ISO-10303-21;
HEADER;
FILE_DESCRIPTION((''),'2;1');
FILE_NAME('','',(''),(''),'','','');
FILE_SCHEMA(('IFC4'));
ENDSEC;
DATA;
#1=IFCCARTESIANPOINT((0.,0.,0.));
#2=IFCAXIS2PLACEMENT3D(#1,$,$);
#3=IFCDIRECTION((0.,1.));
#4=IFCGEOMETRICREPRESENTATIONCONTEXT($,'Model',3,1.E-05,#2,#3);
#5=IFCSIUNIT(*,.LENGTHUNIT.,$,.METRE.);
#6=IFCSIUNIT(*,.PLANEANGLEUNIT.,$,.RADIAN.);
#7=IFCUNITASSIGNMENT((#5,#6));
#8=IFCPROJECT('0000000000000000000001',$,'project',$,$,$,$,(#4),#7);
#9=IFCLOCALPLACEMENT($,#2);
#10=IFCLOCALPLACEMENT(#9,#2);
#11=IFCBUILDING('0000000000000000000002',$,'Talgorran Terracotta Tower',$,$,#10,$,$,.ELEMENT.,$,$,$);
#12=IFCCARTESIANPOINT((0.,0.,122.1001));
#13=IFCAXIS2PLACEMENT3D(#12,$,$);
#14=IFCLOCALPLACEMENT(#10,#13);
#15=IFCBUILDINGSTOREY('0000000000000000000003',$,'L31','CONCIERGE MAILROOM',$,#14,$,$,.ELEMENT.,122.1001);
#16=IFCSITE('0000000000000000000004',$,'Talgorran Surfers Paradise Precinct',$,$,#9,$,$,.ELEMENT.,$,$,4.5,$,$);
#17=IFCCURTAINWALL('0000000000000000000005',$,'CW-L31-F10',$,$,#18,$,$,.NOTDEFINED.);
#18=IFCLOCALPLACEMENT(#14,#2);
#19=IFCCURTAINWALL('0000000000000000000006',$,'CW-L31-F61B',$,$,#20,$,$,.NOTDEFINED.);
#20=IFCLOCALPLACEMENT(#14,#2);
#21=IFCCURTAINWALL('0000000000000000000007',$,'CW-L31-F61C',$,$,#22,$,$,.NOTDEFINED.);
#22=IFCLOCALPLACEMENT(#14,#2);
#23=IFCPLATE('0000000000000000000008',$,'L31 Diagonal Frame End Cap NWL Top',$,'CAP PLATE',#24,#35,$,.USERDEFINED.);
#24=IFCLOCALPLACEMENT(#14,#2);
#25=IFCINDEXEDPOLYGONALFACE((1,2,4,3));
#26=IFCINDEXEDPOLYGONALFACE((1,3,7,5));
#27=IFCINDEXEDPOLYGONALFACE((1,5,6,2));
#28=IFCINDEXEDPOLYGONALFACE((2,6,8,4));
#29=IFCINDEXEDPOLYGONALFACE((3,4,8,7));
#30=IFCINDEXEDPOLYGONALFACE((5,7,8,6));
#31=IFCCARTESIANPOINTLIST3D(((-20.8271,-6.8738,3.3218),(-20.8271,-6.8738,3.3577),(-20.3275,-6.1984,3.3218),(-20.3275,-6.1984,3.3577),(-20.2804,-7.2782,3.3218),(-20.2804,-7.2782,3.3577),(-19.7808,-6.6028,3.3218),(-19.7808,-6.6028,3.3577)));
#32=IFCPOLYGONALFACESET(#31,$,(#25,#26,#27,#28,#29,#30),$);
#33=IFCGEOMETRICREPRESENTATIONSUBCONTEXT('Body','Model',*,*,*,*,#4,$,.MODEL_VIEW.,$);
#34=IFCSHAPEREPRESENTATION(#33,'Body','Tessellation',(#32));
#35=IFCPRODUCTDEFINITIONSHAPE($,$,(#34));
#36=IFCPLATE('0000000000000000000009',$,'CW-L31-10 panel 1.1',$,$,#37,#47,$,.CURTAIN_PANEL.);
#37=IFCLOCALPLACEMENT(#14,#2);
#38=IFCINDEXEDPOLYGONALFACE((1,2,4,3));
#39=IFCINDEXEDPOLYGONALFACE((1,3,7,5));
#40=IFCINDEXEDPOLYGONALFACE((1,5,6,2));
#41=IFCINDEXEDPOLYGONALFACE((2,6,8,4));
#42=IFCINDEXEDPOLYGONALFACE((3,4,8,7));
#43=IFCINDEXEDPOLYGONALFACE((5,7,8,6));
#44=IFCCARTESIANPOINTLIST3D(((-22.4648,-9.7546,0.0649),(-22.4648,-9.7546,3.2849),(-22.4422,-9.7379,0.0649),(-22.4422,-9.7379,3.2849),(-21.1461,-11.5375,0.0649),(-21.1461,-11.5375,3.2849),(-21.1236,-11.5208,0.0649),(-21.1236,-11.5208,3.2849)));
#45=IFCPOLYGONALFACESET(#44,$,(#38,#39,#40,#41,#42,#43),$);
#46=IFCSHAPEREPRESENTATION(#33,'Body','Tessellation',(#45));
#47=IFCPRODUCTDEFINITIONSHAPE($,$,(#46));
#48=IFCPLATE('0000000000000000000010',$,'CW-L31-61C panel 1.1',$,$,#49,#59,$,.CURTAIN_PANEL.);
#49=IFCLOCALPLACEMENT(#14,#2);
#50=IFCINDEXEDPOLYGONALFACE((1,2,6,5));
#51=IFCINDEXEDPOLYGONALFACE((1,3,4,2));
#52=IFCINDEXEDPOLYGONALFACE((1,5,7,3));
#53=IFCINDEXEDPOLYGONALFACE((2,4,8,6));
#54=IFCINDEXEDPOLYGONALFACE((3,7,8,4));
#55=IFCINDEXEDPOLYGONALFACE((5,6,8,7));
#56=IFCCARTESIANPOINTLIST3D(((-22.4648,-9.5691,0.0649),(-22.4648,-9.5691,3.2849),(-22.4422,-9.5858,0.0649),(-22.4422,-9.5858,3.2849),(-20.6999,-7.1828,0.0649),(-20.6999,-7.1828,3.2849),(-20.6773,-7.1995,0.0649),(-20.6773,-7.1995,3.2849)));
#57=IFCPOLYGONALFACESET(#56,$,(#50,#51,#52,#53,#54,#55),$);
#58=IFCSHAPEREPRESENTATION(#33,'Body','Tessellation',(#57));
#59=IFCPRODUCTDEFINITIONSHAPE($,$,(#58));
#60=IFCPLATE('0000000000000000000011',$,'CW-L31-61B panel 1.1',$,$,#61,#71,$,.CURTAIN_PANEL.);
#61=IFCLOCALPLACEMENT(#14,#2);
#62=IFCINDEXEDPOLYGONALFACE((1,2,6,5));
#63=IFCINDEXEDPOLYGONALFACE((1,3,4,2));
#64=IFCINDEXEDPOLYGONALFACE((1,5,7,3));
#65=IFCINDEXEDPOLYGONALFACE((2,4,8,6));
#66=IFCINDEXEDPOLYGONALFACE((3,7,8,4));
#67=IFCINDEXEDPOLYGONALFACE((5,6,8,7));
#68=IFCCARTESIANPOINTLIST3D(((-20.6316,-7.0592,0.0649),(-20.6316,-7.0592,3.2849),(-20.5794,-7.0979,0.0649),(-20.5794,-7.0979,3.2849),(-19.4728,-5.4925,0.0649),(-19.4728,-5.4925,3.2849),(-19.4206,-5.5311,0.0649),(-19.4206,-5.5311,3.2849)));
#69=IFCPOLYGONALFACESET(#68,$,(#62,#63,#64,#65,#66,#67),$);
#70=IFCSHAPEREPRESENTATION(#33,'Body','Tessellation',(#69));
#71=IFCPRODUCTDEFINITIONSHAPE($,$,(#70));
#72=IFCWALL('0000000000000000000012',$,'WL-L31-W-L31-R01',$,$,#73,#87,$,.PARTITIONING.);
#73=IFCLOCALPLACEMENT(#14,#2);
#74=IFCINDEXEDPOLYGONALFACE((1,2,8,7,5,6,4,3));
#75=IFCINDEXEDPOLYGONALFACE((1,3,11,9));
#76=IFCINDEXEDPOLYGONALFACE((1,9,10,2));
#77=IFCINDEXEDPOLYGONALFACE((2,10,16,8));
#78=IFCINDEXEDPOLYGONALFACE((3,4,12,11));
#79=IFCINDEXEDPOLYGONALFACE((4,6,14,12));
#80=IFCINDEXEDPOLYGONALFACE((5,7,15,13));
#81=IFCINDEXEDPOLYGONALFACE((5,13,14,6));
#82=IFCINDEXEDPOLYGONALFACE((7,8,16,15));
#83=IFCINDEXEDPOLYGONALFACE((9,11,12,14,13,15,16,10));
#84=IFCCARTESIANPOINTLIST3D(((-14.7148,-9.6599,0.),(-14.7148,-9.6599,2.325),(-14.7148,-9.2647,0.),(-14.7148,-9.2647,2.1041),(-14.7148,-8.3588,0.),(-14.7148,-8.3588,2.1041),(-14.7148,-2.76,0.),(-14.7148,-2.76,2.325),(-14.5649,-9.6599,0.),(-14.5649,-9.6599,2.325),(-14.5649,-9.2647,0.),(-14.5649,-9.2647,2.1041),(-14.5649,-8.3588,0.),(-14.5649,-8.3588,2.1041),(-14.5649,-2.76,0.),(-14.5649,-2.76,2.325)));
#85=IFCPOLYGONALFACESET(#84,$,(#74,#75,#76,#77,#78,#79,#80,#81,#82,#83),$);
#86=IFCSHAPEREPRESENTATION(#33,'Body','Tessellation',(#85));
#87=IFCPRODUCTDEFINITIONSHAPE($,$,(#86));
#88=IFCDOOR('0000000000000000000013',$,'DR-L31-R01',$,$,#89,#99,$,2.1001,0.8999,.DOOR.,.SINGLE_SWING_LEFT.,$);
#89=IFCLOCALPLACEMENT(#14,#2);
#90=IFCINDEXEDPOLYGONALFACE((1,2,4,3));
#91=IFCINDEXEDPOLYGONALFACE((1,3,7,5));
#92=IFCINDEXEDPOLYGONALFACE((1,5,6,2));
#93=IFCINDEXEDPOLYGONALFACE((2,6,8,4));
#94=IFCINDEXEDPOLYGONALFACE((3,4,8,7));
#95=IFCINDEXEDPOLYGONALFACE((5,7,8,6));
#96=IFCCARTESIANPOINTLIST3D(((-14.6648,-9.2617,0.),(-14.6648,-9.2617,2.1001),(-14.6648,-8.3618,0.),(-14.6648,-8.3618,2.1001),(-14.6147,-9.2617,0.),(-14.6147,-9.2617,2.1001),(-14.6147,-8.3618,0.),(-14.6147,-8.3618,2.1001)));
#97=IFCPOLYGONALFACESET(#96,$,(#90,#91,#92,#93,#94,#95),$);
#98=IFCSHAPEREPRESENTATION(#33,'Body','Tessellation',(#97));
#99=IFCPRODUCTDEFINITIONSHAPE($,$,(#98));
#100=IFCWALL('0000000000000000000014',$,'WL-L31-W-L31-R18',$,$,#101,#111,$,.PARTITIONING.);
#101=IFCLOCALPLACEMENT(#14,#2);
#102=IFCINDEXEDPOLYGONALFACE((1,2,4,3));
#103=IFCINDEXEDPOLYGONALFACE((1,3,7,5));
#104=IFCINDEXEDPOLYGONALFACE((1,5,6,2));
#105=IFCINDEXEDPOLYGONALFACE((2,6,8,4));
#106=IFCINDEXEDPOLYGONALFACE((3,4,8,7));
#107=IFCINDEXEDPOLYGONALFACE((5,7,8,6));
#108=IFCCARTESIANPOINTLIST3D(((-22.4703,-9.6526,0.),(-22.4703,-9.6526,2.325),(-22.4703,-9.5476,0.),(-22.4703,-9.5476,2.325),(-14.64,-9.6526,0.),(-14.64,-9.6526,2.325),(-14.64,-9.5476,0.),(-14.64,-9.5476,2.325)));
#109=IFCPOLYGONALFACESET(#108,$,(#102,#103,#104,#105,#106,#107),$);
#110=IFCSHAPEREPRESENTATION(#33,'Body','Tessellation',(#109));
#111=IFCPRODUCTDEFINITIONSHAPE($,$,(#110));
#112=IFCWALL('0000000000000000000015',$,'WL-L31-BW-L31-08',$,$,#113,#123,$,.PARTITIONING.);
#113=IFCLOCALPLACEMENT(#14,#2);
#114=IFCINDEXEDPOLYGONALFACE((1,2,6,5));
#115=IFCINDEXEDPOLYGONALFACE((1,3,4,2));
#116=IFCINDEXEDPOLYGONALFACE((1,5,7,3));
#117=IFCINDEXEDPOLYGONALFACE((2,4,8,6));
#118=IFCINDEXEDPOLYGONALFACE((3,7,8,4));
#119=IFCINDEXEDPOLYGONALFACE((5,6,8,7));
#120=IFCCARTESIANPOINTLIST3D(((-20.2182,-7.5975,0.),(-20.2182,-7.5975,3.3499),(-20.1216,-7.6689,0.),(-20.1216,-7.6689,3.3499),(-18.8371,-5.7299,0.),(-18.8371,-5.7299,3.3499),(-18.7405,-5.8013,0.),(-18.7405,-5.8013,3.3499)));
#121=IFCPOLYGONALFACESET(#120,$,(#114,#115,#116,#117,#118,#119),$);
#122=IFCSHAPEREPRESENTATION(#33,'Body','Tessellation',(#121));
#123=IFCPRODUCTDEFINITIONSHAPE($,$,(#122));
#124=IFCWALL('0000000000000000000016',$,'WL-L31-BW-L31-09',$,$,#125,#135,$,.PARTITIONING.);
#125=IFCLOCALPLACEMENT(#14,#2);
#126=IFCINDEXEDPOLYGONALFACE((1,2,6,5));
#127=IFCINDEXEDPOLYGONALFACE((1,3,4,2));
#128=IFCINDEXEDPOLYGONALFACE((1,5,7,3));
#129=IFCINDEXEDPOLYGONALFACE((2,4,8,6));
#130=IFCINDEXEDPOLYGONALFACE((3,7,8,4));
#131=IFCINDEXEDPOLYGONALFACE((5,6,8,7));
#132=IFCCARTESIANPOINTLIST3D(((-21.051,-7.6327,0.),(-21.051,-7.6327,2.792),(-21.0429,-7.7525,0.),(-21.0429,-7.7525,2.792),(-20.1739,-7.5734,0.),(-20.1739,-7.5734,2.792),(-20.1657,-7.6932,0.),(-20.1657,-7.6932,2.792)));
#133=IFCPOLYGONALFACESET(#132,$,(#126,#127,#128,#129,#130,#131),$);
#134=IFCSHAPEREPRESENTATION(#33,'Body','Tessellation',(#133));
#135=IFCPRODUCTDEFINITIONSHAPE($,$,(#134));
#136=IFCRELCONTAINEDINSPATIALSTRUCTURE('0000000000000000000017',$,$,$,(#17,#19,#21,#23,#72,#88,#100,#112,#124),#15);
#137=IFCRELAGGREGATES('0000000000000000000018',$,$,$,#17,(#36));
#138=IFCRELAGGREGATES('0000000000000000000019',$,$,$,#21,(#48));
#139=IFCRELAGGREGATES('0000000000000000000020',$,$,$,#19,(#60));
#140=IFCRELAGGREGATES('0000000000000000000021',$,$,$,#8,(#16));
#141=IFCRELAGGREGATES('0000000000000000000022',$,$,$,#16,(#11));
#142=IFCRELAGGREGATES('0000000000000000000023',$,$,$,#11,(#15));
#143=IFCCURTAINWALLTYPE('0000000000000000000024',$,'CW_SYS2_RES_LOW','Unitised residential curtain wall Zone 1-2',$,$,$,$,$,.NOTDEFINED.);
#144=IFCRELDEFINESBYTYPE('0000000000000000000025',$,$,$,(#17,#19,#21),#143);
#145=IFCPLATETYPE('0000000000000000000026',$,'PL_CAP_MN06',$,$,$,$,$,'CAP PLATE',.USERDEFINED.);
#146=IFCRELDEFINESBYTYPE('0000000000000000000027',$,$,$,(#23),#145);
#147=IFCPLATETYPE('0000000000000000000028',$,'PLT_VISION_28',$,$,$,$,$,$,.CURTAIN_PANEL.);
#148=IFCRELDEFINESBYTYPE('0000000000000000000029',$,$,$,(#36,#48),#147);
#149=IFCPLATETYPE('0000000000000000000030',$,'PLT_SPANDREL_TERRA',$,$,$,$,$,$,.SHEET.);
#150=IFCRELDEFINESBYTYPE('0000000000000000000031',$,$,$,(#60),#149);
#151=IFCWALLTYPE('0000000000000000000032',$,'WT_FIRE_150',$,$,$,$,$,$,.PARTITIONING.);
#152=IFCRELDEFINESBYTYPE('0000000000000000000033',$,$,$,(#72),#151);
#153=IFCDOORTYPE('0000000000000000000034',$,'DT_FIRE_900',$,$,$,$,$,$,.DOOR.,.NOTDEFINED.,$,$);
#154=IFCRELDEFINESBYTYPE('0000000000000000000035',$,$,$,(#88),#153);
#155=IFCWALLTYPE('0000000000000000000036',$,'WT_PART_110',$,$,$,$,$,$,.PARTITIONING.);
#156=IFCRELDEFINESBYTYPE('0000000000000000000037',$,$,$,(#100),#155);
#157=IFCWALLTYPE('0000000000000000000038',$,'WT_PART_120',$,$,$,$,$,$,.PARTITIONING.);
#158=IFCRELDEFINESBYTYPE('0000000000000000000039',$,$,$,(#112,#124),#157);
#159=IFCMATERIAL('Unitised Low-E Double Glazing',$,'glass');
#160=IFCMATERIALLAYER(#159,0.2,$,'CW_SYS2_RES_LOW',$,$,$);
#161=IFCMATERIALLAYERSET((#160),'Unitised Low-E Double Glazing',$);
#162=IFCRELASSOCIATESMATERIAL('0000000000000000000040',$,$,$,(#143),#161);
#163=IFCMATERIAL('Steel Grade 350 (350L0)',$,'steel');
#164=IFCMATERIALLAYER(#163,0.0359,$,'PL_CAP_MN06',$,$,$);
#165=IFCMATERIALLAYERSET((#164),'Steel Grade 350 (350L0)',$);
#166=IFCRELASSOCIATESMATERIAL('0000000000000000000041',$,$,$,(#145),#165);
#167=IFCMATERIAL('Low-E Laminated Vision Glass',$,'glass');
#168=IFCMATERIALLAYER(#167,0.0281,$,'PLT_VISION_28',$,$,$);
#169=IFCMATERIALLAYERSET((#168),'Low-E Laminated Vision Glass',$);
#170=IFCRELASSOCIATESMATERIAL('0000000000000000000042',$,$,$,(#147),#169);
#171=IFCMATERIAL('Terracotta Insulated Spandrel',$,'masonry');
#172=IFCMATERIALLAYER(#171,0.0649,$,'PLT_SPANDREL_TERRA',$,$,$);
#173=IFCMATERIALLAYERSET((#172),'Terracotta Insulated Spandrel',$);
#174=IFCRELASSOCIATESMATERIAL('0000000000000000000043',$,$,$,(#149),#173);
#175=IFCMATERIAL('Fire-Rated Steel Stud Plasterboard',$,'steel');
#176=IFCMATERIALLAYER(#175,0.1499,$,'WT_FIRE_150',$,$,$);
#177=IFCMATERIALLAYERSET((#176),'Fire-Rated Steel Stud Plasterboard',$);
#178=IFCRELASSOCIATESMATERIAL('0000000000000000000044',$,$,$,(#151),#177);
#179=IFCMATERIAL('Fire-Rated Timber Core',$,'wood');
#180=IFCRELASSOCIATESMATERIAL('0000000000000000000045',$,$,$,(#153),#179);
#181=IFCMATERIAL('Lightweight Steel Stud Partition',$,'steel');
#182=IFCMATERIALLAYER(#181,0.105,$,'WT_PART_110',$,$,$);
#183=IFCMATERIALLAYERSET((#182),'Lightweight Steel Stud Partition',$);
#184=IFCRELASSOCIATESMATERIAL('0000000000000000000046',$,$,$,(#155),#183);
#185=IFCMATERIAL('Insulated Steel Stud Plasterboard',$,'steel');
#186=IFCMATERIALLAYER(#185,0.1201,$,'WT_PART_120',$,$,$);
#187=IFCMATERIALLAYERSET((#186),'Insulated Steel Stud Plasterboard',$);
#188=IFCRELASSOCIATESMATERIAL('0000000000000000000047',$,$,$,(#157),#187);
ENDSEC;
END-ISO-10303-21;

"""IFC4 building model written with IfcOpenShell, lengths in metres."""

from ifc_helpers import new_model, si_unit, direction, frame, frame_2d, origin, origin_2d, place, context, subcontext, project, spatial, rectangle, extrude, source, transform, mapped, material, layer, layer_set, type_object, type_shapes, element, fill, aggregate, save


model = new_model("IFC4")

# Units and contexts
model_context = context("Model", 3, precision=1e-05, world=origin(), true_north=direction((0.0, 1.0)))
body_context = subcontext(model_context, "Body", "Model", "MODEL_VIEW")
ifc_project = project(units=[si_unit("LENGTHUNIT", "METRE"), si_unit("PLANEANGLEUNIT", "RADIAN")], contexts=[model_context])

# Site, building, storey
site_placement = place(None, origin())
site = spatial("IfcSite", under=ifc_project, at=site_placement, Name="Talgorran Surfers Paradise Precinct", CompositionType="ELEMENT", RefElevation=4.5)
building_placement = place(site_placement, origin())
building = spatial("IfcBuilding", under=site, at=building_placement, Name="Talgorran Terracotta Tower", CompositionType="ELEMENT")
storey_placement = place(building_placement, frame((0.0, 0.0, 122.1001)))
storey = spatial("IfcBuildingStorey", under=building, at=storey_placement, Name="L31", Description="CONCIERGE MAILROOM", CompositionType="ELEMENT", Elevation=122.1001)

# Shared definitions
ifc_material_1 = material(Name="Steel Grade 350 (350L0)", Category="steel")

# Curtain walls
ifc_material_2 = material(Name="Unitised Low-E Double Glazing", Category="glass")
ifc_layer_1 = layer(ifc_material_2, 0.2, Name="CW_SYS2_RES_LOW")
ifc_layer_set_1 = layer_set([ifc_layer_1], Name="Unitised Low-E Double Glazing")
curtain_wall_type = type_object("IfcCurtainWallType", Name="CW_SYS2_RES_LOW", Description="Unitised residential curtain wall Zone 1-2", PredefinedType="NOTDEFINED", material=ifc_layer_set_1)
curtain_wall_1_placement = place(storey_placement, origin())
curtain_wall_1 = element("IfcCurtainWall", 1, at=curtain_wall_1_placement, inside=storey, type_object=curtain_wall_type, Name="CW-L31-F10", PredefinedType="NOTDEFINED")
curtain_wall_2_placement = place(storey_placement, origin())
curtain_wall_2 = element("IfcCurtainWall", 2, at=curtain_wall_2_placement, inside=storey, type_object=curtain_wall_type, Name="CW-L31-F61B", PredefinedType="NOTDEFINED")

# Curtain wall
curtain_wall_3_placement = place(storey_placement, origin())
curtain_wall_3 = element("IfcCurtainWall", 3, at=curtain_wall_3_placement, inside=storey, type_object=curtain_wall_type, Name="CW-L31-F61C", PredefinedType="NOTDEFINED")

# Plate
ifc_layer_2 = layer(ifc_material_1, 0.0359, Name="PL_CAP_MN06")
ifc_layer_set_2 = layer_set([ifc_layer_2], Name="Steel Grade 350 (350L0)")
plate_type_1 = type_object("IfcPlateType", Name="PL_CAP_MN06", ElementType="CAP PLATE", PredefinedType="USERDEFINED", material=ifc_layer_set_2)
for number, where, z_axis, x_axis, name in (
    (4, (-20.304, -6.7383, 3.3218), (0.0, 0.0, 1.0), (-0.594682, -0.803961, 0.0), "L31 Diagonal Frame End Cap NWL Top"),
):
    element("IfcPlate", number, at=place(storey_placement, frame(where, z_axis=z_axis, x_axis=x_axis)), inside=storey, type_object=plate_type_1, Name=name, ObjectType="CAP PLATE", PredefinedType="USERDEFINED", context=body_context, shape_type="SweptSolid", body=[
        extrude(rectangle(XDim=0.8401, YDim=0.6799, at=origin_2d()), origin(), (0.0, 0.0, 1.0), 0.0359),
    ])

# Plates
ifc_material_3 = material(Name="Low-E Laminated Vision Glass", Category="glass")
ifc_layer_3 = layer(ifc_material_3, 0.0281, Name="PLT_VISION_28")
ifc_layer_set_3 = layer_set([ifc_layer_3], Name="Low-E Laminated Vision Glass")
plate_type_2 = type_object("IfcPlateType", Name="PLT_VISION_28", PredefinedType="CURTAIN_PANEL", material=ifc_layer_set_3)
shared_shape_1 = source(origin(), body_context, "Body", "SweptSolid", [
    extrude(rectangle(XDim=2.2175, YDim=0.0281, at=origin_2d()), origin(), (0.0, 0.0, 1.0), 3.22),
])
plate_1_placement = place(storey_placement, frame((-21.7942, -10.6377, 0.0649), z_axis=(0.0, 0.0, 1.0), x_axis=(0.59465, -0.803985, 0.0)))
plate_1 = element("IfcPlate", 5, at=plate_1_placement, type_object=plate_type_2, Name="CW-L31-10 panel 1.1", PredefinedType="CURTAIN_PANEL", context=body_context, shape_type="MappedRepresentation", body=[
    mapped(shared_shape_1, transform((0.0, 0.0, 0.0), scale=1.0)),
])
aggregate(curtain_wall_1, [plate_1])
shared_shape_2 = source(origin(), body_context, "Body", "SweptSolid", [
    extrude(rectangle(XDim=2.968, YDim=0.0281, at=origin_2d()), origin(), (0.0, 0.0, 1.0), 3.22),
])
type_shapes(plate_type_2, [shared_shape_1, shared_shape_2])
plate_2_placement = place(storey_placement, frame((-21.571, -8.3843, 0.0649), z_axis=(0.0, 0.0, 1.0), x_axis=(-0.594636, -0.803995, 0.0)))
plate_2 = element("IfcPlate", 6, at=plate_2_placement, type_object=plate_type_2, Name="CW-L31-61C panel 1.1", PredefinedType="CURTAIN_PANEL", context=body_context, shape_type="MappedRepresentation", body=[
    mapped(shared_shape_2, transform((0.0, 0.0, 0.0), scale=1.0)),
])
aggregate(curtain_wall_3, [plate_2])
ifc_material_4 = material(Name="Terracotta Insulated Spandrel", Category="masonry")
ifc_layer_4 = layer(ifc_material_4, 0.0649, Name="PLT_SPANDREL_TERRA")
ifc_layer_set_4 = layer_set([ifc_layer_4], Name="Terracotta Insulated Spandrel")
plate_type_3 = type_object("IfcPlateType", Name="PLT_SPANDREL_TERRA", PredefinedType="SHEET", material=ifc_layer_set_4)
shared_shape_3 = source(origin(), body_context, "Body", "SweptSolid", [
    extrude(rectangle(XDim=1.9487, YDim=0.0649, at=origin_2d()), origin(), (0.0, 0.0, 1.0), 3.22),
])
type_shapes(plate_type_3, [shared_shape_3])
plate_3_placement = place(storey_placement, frame((-20.0261, -6.2952, 0.0649), z_axis=(0.0, 0.0, 1.0), x_axis=(-0.594637, -0.803994, 0.0)))
plate_3 = element("IfcPlate", 7, at=plate_3_placement, type_object=plate_type_3, Name="CW-L31-61B panel 1.1", PredefinedType="CURTAIN_PANEL", context=body_context, shape_type="MappedRepresentation", body=[
    mapped(shared_shape_3, transform((0.0, 0.0, 0.0), scale=1.0)),
])
aggregate(curtain_wall_2, [plate_3])

# Wall, opening, door
ifc_material_5 = material(Name="Fire-Rated Steel Stud Plasterboard", Category="steel")
ifc_layer_5 = layer(ifc_material_5, 0.1499, Name="WT_FIRE_150")
ifc_layer_set_5 = layer_set([ifc_layer_5], Name="Fire-Rated Steel Stud Plasterboard")
wall_type_1 = type_object("IfcWallType", Name="WT_FIRE_150", PredefinedType="PARTITIONING", material=ifc_layer_set_5)
wall_1_placement = place(storey_placement, frame((-14.6399, -9.6599, 0.0), z_axis=(0.0, 0.0, 1.0), x_axis=(0.0, 1.0, 0.0)))
wall_1 = element("IfcWall", 8, at=wall_1_placement, inside=storey, type_object=wall_type_1, Name="WL-L31-W-L31-R01", PredefinedType="PARTITIONING", context=body_context, shape_type="SweptSolid", body=[
    extrude(rectangle(XDim=6.8999, YDim=0.1499, at=frame_2d((3.45, 0.0))), origin(), (0.0, 0.0, 1.0), 2.325),
])
opening_placement = place(wall_1_placement, frame((0.3982, 0.0, 0.0)))
opening = element("IfcOpeningElement", 9, at=opening_placement, cuts=wall_1, PredefinedType="OPENING", context=body_context, shape_type="SweptSolid", body=[
    extrude(rectangle(XDim=0.9059, YDim=2.1041, at=frame_2d((0.45, 1.052))), frame((0.0, 0.085, 0.0), z_axis=(0.0, -1.0, 0.0), x_axis=(1.0, 0.0, 0.0)), (0.0, 0.0, 1.0), 0.1699),
])
ifc_material_6 = material(Name="Fire-Rated Timber Core", Category="wood")
door_type = type_object("IfcDoorType", Name="DT_FIRE_900", OperationType="NOTDEFINED", PredefinedType="DOOR", material=ifc_material_6)
door_placement = place(opening_placement, origin())
door = element("IfcDoor", 10, at=door_placement, inside=storey, type_object=door_type, Name="DR-L31-R01", OperationType="SINGLE_SWING_LEFT", OverallHeight=2.1001, OverallWidth=0.8999, PredefinedType="DOOR", context=body_context, shape_type="SweptSolid", body=[
    extrude(rectangle(XDim=0.8999, YDim=2.1001, at=frame_2d((0.45, 1.05))), frame((0.0, 0.0249, 0.0), z_axis=(0.0, -1.0, 0.0), x_axis=(1.0, 0.0, 0.0)), (0.0, 0.0, 1.0), 0.05),
])
fill(opening, door)

# Walls
ifc_material_7 = material(Name="Lightweight Steel Stud Partition", Category="steel")
ifc_layer_6 = layer(ifc_material_7, 0.105, Name="WT_PART_110")
ifc_layer_set_6 = layer_set([ifc_layer_6], Name="Lightweight Steel Stud Partition")
wall_type_2 = type_object("IfcWallType", Name="WT_PART_110", PredefinedType="PARTITIONING", material=ifc_layer_set_6)
wall_2_placement = place(storey_placement, frame((-22.4702, -9.6001, 0.0), z_axis=(0.0, 0.0, 1.0), x_axis=(1.0, 0.0, 0.0)))
element("IfcWall", 11, at=wall_2_placement, inside=storey, type_object=wall_type_2, Name="WL-L31-W-L31-R18", PredefinedType="PARTITIONING", context=body_context, shape_type="SweptSolid", body=[
    extrude(rectangle(XDim=7.8303, YDim=0.105, at=frame_2d((3.915, 0.0))), origin(), (0.0, 0.0, 1.0), 2.325),
])
ifc_material_8 = material(Name="Insulated Steel Stud Plasterboard", Category="steel")
ifc_layer_7 = layer(ifc_material_8, 0.1201, Name="WT_PART_120")
ifc_layer_set_7 = layer_set([ifc_layer_7], Name="Insulated Steel Stud Plasterboard")
wall_type_3 = type_object("IfcWallType", Name="WT_PART_120", PredefinedType="PARTITIONING", material=ifc_layer_set_7)
wall_3_placement = place(storey_placement, frame((-18.7888, -5.7656, 0.0), z_axis=(0.0, 0.0, 1.0), x_axis=(-0.594571, -0.804043, 0.0)))
element("IfcWall", 12, at=wall_3_placement, inside=storey, type_object=wall_type_3, Name="WL-L31-BW-L31-08", PredefinedType="PARTITIONING", context=body_context, shape_type="SweptSolid", body=[
    extrude(rectangle(XDim=2.3228, YDim=0.1201, at=frame_2d((1.1614, 0.0))), origin(), (0.0, 0.0, 1.0), 3.3499),
])
wall_4_placement = place(storey_placement, frame((-20.1699, -7.6333, 0.0), z_axis=(0.0, 0.0, 1.0), x_axis=(-0.997721, -0.067477, 0.0)))
element("IfcWall", 13, at=wall_4_placement, inside=storey, type_object=wall_type_3, Name="WL-L31-BW-L31-09", PredefinedType="PARTITIONING", context=body_context, shape_type="SweptSolid", body=[
    extrude(rectangle(XDim=0.8792, YDim=0.1201, at=frame_2d((0.4395, 0.0))), origin(), (0.0, 0.0, 1.0), 2.792),
])

save(model, "model.ifc")
